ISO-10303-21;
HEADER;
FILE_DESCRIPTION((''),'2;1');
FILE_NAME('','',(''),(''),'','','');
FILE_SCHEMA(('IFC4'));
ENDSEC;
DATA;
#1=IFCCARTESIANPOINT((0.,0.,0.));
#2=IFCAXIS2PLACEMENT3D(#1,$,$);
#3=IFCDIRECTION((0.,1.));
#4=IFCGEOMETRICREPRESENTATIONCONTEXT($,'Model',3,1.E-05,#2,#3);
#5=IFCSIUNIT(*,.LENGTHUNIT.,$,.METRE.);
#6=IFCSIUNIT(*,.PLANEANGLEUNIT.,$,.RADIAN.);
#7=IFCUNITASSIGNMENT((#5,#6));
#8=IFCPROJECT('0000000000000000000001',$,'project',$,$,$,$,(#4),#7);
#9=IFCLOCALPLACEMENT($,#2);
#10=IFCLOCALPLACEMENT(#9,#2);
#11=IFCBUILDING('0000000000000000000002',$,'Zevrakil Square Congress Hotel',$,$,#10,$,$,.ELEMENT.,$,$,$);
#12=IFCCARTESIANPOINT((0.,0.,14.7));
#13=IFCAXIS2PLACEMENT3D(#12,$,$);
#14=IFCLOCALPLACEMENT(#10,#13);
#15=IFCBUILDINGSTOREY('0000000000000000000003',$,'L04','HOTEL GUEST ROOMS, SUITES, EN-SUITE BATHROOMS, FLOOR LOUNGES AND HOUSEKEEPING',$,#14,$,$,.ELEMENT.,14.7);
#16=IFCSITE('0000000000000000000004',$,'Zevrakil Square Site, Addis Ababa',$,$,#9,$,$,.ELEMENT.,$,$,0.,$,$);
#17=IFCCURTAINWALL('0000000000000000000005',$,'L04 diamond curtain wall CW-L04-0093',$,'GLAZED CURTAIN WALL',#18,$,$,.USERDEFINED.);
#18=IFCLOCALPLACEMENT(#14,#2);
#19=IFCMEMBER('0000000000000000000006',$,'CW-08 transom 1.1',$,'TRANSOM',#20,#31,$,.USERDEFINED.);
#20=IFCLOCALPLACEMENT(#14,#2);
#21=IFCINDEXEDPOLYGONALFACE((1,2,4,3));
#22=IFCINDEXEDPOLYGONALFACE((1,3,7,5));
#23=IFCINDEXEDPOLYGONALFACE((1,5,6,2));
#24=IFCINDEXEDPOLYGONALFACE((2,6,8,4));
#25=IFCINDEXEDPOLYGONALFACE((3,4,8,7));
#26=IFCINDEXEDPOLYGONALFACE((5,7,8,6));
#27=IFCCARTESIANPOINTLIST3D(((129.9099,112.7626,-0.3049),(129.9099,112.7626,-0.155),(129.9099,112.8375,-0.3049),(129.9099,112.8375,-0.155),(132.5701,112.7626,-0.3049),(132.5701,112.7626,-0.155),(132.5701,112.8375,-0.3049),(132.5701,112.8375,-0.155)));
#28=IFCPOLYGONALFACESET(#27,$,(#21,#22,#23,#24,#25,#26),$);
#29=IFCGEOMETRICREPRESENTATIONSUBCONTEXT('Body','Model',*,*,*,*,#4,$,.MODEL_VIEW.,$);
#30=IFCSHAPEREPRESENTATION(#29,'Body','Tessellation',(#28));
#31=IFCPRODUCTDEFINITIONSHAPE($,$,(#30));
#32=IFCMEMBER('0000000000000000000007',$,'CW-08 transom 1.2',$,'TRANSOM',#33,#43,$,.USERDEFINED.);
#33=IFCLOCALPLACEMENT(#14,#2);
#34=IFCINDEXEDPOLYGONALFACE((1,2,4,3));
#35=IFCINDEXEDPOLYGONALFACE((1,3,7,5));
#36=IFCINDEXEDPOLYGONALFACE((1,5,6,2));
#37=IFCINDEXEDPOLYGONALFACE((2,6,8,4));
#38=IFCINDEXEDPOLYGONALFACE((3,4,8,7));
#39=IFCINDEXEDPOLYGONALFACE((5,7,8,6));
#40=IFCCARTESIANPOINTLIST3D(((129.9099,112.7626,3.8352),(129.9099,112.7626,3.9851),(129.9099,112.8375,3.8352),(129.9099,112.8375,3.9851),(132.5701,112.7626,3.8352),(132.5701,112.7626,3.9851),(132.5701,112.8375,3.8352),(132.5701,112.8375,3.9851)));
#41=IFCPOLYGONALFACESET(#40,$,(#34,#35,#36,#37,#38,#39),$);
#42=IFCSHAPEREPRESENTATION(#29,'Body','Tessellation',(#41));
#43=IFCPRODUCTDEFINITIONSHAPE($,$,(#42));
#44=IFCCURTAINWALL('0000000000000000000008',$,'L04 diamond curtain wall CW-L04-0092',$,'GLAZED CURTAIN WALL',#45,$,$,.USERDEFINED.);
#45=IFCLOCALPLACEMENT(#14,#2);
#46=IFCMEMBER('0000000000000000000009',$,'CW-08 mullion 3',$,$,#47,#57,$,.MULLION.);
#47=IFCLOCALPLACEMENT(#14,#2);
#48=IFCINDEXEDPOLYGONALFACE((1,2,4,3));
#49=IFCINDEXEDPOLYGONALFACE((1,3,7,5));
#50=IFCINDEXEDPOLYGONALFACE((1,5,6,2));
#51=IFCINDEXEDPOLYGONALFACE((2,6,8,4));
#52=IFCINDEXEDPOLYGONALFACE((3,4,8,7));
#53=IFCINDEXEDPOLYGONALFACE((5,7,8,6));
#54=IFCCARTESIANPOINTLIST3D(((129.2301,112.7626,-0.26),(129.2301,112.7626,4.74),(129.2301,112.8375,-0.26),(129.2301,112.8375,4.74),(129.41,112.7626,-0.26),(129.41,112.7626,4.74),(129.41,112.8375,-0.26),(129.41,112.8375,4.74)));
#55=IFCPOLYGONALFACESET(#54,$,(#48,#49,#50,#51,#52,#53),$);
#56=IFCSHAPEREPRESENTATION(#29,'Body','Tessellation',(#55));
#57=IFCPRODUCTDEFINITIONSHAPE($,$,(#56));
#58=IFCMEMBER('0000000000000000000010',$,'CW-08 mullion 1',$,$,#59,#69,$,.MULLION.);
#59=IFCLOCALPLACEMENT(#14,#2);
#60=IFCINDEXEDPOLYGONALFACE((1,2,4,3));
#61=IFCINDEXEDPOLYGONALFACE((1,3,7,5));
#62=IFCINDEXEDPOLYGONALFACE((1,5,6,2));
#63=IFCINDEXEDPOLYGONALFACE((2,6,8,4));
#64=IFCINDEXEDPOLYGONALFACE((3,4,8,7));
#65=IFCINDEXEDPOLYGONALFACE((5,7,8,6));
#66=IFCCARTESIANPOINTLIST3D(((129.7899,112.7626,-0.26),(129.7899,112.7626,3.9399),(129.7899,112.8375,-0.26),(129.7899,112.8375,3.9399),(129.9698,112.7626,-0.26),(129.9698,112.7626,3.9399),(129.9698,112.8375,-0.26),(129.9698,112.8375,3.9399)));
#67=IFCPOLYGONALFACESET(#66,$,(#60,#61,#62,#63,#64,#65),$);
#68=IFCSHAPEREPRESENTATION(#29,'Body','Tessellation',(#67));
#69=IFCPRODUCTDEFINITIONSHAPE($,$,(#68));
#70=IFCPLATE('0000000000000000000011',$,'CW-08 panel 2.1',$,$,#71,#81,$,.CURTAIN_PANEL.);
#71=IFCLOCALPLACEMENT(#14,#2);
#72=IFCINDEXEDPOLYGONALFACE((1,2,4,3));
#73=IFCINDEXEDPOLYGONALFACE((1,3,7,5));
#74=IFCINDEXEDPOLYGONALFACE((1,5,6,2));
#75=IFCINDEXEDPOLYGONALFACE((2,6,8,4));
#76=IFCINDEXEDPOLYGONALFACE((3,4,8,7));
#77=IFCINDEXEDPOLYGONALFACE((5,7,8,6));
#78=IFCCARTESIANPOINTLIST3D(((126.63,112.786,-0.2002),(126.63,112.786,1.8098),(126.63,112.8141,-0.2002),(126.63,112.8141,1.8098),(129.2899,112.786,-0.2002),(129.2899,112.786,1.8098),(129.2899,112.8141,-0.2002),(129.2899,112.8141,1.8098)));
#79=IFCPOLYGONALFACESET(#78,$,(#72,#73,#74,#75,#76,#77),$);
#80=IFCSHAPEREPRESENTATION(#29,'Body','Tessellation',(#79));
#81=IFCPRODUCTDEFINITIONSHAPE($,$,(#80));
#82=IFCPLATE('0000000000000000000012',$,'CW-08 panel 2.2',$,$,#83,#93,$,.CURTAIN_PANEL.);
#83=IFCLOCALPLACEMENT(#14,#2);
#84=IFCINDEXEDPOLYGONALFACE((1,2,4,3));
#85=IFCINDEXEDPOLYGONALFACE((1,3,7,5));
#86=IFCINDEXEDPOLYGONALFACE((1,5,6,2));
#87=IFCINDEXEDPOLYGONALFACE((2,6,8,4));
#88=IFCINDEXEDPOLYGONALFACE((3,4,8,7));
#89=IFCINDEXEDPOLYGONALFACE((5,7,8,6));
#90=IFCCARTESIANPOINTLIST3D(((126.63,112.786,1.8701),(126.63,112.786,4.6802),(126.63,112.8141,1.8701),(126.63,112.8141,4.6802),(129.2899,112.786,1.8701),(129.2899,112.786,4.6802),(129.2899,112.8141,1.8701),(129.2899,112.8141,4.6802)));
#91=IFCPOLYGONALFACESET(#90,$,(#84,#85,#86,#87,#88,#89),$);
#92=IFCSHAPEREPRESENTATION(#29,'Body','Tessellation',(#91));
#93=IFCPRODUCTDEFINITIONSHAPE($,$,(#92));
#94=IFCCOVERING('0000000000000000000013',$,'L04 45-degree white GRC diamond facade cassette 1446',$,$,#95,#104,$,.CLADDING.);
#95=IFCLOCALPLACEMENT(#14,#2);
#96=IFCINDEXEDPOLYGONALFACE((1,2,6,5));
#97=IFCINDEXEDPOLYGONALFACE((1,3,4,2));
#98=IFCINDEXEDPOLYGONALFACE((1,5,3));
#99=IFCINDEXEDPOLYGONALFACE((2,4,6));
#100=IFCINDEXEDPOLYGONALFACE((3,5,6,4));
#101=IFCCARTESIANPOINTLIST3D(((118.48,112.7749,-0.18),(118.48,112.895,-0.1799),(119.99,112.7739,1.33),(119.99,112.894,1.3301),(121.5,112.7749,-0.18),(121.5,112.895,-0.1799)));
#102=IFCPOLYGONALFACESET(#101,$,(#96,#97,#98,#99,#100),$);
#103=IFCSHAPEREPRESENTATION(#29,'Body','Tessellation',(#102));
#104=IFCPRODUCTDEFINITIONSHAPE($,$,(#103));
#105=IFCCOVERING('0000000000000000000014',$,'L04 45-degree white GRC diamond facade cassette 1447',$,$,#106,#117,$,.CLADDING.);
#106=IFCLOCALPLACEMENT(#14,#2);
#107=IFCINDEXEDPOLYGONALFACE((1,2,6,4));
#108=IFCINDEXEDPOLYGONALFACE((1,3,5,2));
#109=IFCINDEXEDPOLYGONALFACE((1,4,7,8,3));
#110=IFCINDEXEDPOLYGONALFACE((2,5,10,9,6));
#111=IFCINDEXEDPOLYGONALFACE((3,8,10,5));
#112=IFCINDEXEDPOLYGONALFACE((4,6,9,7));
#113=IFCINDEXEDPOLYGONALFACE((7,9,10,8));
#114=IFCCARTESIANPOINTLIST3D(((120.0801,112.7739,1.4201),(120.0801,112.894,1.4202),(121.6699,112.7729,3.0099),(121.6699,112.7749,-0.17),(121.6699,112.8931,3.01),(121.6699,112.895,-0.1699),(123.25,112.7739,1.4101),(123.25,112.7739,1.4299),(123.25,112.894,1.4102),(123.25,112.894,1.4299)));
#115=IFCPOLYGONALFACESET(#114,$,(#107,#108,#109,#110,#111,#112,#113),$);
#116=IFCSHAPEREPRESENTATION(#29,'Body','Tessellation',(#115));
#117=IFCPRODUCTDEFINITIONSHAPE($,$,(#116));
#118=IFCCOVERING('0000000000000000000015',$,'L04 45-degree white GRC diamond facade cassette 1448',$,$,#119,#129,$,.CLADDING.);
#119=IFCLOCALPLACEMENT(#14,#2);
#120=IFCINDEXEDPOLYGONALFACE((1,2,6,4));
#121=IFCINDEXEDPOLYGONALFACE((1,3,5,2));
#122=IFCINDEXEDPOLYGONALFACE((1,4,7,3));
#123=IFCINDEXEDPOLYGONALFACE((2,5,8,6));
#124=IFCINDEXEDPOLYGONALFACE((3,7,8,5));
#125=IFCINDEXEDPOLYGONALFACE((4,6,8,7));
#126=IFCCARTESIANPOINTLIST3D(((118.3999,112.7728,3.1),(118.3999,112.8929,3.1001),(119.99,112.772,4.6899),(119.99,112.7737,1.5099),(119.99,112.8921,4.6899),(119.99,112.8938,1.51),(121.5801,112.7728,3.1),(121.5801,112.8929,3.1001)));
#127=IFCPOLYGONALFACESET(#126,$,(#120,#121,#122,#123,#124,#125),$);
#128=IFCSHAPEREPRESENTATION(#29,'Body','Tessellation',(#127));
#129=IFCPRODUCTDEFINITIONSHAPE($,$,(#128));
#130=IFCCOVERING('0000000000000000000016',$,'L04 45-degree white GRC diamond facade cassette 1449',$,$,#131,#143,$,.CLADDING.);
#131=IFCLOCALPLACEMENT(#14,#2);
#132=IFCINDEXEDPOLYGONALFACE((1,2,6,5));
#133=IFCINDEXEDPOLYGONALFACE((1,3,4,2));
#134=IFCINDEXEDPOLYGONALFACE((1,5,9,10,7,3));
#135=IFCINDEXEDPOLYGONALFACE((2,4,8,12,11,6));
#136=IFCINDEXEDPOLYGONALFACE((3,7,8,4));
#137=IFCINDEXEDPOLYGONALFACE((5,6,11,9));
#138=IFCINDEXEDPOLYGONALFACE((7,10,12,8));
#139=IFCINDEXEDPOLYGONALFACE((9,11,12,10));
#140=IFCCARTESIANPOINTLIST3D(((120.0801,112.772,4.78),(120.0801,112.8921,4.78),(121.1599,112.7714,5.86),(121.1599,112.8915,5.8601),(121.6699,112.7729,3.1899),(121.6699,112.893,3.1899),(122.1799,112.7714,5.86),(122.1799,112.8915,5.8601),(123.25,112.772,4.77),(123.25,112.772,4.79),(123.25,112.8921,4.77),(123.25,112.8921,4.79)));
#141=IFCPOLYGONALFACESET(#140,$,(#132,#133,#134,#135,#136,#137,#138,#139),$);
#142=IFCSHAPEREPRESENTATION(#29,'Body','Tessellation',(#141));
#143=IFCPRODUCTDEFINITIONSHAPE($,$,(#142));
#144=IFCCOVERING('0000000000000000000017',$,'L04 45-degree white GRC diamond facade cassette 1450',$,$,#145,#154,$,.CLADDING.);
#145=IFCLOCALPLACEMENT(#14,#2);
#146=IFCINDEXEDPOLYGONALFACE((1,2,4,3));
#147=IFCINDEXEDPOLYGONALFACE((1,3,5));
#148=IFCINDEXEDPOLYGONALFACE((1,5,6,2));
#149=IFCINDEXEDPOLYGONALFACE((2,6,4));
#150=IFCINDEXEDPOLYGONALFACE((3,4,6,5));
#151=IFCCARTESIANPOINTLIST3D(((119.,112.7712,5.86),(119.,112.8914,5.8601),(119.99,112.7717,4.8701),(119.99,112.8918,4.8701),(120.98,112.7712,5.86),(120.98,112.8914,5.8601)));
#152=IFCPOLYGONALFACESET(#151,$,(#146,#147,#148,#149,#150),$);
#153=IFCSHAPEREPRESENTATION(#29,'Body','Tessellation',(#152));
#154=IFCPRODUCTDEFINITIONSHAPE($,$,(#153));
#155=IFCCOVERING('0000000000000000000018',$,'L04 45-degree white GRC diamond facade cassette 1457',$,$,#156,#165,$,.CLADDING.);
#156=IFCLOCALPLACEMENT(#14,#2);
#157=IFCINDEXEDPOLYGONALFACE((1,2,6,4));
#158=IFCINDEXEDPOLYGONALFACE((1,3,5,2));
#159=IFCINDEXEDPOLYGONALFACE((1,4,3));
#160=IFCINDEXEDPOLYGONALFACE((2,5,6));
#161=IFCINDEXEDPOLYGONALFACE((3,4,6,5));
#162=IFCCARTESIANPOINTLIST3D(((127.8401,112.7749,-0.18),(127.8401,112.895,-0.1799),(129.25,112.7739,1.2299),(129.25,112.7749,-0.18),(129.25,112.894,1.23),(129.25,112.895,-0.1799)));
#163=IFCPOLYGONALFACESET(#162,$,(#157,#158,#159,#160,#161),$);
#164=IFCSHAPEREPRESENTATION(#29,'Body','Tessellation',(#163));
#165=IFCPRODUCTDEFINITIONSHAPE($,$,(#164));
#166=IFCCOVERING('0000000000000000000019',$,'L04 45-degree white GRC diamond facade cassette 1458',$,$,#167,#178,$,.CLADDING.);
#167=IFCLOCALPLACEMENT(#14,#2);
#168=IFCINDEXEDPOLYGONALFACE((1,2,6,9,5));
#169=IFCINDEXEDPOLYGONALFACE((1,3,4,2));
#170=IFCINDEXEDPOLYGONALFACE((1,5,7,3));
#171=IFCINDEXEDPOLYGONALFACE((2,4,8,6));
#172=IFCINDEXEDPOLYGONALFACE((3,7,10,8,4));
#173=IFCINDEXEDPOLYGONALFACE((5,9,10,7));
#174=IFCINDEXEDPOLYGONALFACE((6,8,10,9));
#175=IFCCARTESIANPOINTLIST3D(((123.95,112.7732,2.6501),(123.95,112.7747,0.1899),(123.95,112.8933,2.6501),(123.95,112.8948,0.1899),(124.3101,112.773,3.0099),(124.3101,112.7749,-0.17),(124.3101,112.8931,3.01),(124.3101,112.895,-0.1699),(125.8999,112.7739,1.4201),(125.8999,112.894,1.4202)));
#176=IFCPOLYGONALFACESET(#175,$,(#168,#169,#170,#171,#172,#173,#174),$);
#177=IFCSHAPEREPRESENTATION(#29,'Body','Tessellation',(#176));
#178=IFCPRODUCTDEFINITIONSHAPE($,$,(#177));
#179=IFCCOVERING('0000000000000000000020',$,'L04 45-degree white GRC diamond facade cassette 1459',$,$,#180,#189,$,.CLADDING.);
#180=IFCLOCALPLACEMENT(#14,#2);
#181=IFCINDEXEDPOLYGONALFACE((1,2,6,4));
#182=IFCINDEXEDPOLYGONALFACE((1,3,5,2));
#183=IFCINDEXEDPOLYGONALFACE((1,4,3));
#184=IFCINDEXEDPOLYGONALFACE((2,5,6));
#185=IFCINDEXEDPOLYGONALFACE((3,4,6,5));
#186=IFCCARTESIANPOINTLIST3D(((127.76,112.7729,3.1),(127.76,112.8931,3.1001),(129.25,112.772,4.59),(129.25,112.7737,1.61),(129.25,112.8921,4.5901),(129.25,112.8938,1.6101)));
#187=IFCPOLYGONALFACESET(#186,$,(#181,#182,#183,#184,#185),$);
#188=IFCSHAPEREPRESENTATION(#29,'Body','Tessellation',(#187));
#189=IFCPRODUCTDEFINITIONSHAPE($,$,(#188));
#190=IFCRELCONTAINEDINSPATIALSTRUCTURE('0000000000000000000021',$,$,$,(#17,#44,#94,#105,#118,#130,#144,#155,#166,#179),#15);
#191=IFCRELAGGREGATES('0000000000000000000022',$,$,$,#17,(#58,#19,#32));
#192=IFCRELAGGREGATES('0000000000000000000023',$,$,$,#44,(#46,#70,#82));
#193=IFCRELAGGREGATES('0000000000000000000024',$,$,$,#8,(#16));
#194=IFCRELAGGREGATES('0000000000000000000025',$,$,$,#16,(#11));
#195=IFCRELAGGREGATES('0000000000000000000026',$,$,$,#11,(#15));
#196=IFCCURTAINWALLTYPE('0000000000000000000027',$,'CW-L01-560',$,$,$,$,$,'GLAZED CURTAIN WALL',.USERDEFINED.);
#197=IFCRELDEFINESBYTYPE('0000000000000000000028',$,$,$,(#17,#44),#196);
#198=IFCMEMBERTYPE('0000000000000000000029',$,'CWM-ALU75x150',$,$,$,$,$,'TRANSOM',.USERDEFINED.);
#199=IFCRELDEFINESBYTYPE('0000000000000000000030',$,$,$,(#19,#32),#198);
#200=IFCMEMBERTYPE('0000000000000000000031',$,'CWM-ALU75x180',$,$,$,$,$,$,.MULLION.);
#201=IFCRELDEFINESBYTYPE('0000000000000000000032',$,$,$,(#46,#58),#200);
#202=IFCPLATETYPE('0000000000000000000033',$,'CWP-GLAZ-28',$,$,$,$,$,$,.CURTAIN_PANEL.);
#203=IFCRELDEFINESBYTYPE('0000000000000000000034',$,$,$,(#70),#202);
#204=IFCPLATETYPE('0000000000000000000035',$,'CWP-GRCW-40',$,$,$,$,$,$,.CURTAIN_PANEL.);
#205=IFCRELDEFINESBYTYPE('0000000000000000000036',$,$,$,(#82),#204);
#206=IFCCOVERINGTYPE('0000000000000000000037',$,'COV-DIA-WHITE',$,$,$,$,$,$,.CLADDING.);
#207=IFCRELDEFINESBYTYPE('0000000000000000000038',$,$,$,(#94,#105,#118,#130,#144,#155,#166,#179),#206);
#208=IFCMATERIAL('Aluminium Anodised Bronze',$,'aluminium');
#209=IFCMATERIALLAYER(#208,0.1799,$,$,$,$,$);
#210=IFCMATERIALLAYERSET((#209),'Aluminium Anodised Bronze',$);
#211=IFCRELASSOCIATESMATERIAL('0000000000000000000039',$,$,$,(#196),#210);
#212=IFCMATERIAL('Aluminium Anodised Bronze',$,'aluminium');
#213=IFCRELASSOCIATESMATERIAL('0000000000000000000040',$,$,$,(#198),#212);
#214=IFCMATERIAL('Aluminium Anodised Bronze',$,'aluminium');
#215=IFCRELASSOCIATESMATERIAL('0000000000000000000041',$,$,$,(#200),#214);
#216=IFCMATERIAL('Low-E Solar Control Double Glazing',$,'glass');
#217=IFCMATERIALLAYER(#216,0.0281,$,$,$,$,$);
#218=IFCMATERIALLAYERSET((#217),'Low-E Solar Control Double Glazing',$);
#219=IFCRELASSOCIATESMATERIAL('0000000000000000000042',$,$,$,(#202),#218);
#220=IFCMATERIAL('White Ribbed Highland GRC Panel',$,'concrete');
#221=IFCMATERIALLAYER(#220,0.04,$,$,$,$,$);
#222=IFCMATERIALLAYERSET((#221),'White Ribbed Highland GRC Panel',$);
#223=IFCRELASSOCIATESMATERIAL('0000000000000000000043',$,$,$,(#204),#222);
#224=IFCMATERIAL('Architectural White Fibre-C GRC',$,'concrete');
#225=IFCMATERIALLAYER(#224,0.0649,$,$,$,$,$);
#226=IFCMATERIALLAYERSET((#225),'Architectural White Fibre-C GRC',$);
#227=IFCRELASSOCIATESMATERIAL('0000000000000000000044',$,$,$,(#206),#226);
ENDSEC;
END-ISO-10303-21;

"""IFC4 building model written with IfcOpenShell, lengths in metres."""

from ifc_helpers import new_model, si_unit, direction, frame, origin, origin_2d, place, context, subcontext, project, spatial, polyline, rectangle, outline, extrude, material, layer, layer_set, material_profile, profile_set, type_object, element, aggregate, save


model = new_model("IFC4")

# Units and contexts
model_context = context("Model", 3, precision=1e-05, world=origin(), true_north=direction((0.0, 1.0)))
body_context = subcontext(model_context, "Body", "Model", "MODEL_VIEW")
ifc_project = project(units=[si_unit("LENGTHUNIT", "METRE"), si_unit("PLANEANGLEUNIT", "RADIAN")], contexts=[model_context])

# Site, building, storey
site_placement = place(None, origin())
site = spatial("IfcSite", under=ifc_project, at=site_placement, Name="Zevrakil Square Site, Addis Ababa", CompositionType="ELEMENT", RefElevation=0.0)
building_placement = place(site_placement, origin())
building = spatial("IfcBuilding", under=site, at=building_placement, Name="Zevrakil Square Congress Hotel", CompositionType="ELEMENT")
storey_placement = place(building_placement, frame((0.0, 0.0, 14.7)))
storey = spatial("IfcBuildingStorey", under=building, at=storey_placement, Name="L04", Description="HOTEL GUEST ROOMS, SUITES, EN-SUITE BATHROOMS, FLOOR LOUNGES AND HOUSEKEEPING", CompositionType="ELEMENT", Elevation=14.7)

# Curtain wall, members
ifc_material_1 = material(Name="Aluminium Anodised Bronze", Category="aluminium")
ifc_layer_1 = layer(ifc_material_1, 0.1799)
ifc_layer_set_1 = layer_set([ifc_layer_1], Name="Aluminium Anodised Bronze")
curtain_wall_type = type_object("IfcCurtainWallType", Name="CW-L01-560", ElementType="GLAZED CURTAIN WALL", PredefinedType="USERDEFINED", material=ifc_layer_set_1)
curtain_wall_1_placement = place(storey_placement, origin())
curtain_wall_1 = element("IfcCurtainWall", 1, at=curtain_wall_1_placement, inside=storey, type_object=curtain_wall_type, Name="L04 diamond curtain wall CW-L04-0093", ObjectType="GLAZED CURTAIN WALL", PredefinedType="USERDEFINED")
ifc_material_2 = material(Name="Aluminium Anodised Bronze", Category="aluminium")
ifc_material_profile_1 = material_profile(ifc_material_2, rectangle(XDim=0.075, YDim=0.1499, at=origin_2d()), Name="ALU 75x150")
ifc_profile_set_1 = profile_set([ifc_material_profile_1], Name="Aluminium Anodised Bronze")
member_type_1 = type_object("IfcMemberType", Name="CWM-ALU75x150", ElementType="TRANSOM", PredefinedType="USERDEFINED", material=ifc_profile_set_1)
member_1_placement = place(storey_placement, frame((129.9099, 112.8, -0.23), z_axis=(1.0, 0.0, 0.0), x_axis=(0.0, 1.0, 0.0)))
member_1 = element("IfcMember", 2, at=member_1_placement, type_object=member_type_1, Name="CW-08 transom 1.1", ObjectType="TRANSOM", PredefinedType="USERDEFINED", context=body_context, shape_type="SweptSolid", body=[
    extrude(rectangle(XDim=0.075, YDim=0.1499, at=origin_2d()), origin(), (0.0, 0.0, 1.0), 2.6602),
])
member_2_placement = place(storey_placement, frame((129.9099, 112.8, 3.9102), z_axis=(1.0, 0.0, 0.0), x_axis=(0.0, 1.0, 0.0)))
member_2 = element("IfcMember", 3, at=member_2_placement, type_object=member_type_1, Name="CW-08 transom 1.2", ObjectType="TRANSOM", PredefinedType="USERDEFINED", context=body_context, shape_type="SweptSolid", body=[
    extrude(rectangle(XDim=0.075, YDim=0.1499, at=origin_2d()), origin(), (0.0, 0.0, 1.0), 2.6602),
])

# Curtain wall, member
curtain_wall_2_placement = place(storey_placement, origin())
curtain_wall_2 = element("IfcCurtainWall", 4, at=curtain_wall_2_placement, inside=storey, type_object=curtain_wall_type, Name="L04 diamond curtain wall CW-L04-0092", ObjectType="GLAZED CURTAIN WALL", PredefinedType="USERDEFINED")
ifc_material_3 = material(Name="Aluminium Anodised Bronze", Category="aluminium")
ifc_material_profile_2 = material_profile(ifc_material_3, rectangle(XDim=0.075, YDim=0.1799, at=origin_2d()), Name="ALU 75x180")
ifc_profile_set_2 = profile_set([ifc_material_profile_2], Name="Aluminium Anodised Bronze")
member_type_2 = type_object("IfcMemberType", Name="CWM-ALU75x180", PredefinedType="MULLION", material=ifc_profile_set_2)
member_3_placement = place(storey_placement, frame((129.3201, 112.8, -0.26), z_axis=(0.0, 0.0, 1.0), x_axis=(0.0, 1.0, 0.0)))
member_3 = element("IfcMember", 5, at=member_3_placement, type_object=member_type_2, Name="CW-08 mullion 3", PredefinedType="MULLION", context=body_context, shape_type="SweptSolid", body=[
    extrude(rectangle(XDim=0.075, YDim=0.1799, at=origin_2d()), origin(), (0.0, 0.0, 1.0), 5.0),
])

# Member
member_4_placement = place(storey_placement, frame((129.8799, 112.8, -0.26), z_axis=(0.0, 0.0, 1.0), x_axis=(0.0, 1.0, 0.0)))
member_4 = element("IfcMember", 6, at=member_4_placement, type_object=member_type_2, Name="CW-08 mullion 1", PredefinedType="MULLION", context=body_context, shape_type="SweptSolid", body=[
    extrude(rectangle(XDim=0.075, YDim=0.1799, at=origin_2d()), origin(), (0.0, 0.0, 1.0), 4.2),
])
aggregate(curtain_wall_1, [member_4, member_1, member_2])

# Plates
ifc_material_4 = material(Name="Low-E Solar Control Double Glazing", Category="glass")
ifc_layer_2 = layer(ifc_material_4, 0.0281)
ifc_layer_set_2 = layer_set([ifc_layer_2], Name="Low-E Solar Control Double Glazing")
plate_type_1 = type_object("IfcPlateType", Name="CWP-GLAZ-28", PredefinedType="CURTAIN_PANEL", material=ifc_layer_set_2)
plate_1_placement = place(storey_placement, frame((127.96, 112.8, -0.2002), z_axis=(0.0, 0.0, 1.0), x_axis=(1.0, 0.0, 0.0)))
plate_1 = element("IfcPlate", 7, at=plate_1_placement, type_object=plate_type_1, Name="CW-08 panel 2.1", PredefinedType="CURTAIN_PANEL", context=body_context, shape_type="SweptSolid", body=[
    extrude(rectangle(XDim=2.6599, YDim=0.0281, at=origin_2d()), origin(), (0.0, 0.0, 1.0), 2.01),
])
ifc_material_5 = material(Name="White Ribbed Highland GRC Panel", Category="concrete")
ifc_layer_3 = layer(ifc_material_5, 0.04)
ifc_layer_set_3 = layer_set([ifc_layer_3], Name="White Ribbed Highland GRC Panel")
plate_type_2 = type_object("IfcPlateType", Name="CWP-GRCW-40", PredefinedType="CURTAIN_PANEL", material=ifc_layer_set_3)
plate_2_placement = place(storey_placement, frame((127.96, 112.8, 1.8701), z_axis=(0.0, 0.0, 1.0), x_axis=(1.0, 0.0, 0.0)))
plate_2 = element("IfcPlate", 8, at=plate_2_placement, type_object=plate_type_2, Name="CW-08 panel 2.2", PredefinedType="CURTAIN_PANEL", context=body_context, shape_type="SweptSolid", body=[
    extrude(rectangle(XDim=2.6599, YDim=0.0281, at=origin_2d()), origin(), (0.0, 0.0, 1.0), 2.8101),
])
aggregate(curtain_wall_2, [member_3, plate_1, plate_2])

# Coverings
ifc_material_6 = material(Name="Architectural White Fibre-C GRC", Category="concrete")
ifc_layer_4 = layer(ifc_material_6, 0.0649)
ifc_layer_set_4 = layer_set([ifc_layer_4], Name="Architectural White Fibre-C GRC")
covering_type_1 = type_object("IfcCoveringType", Name="COV-DIA-WHITE", PredefinedType="CLADDING", material=ifc_layer_set_4)
covering_1_placement = place(storey_placement, frame((119.99, 112.894, 1.3301), z_axis=(0.0, 1.0, 0.000647), x_axis=(-0.707107, 0.000457, -0.707107)))
element("IfcCovering", 9, at=covering_1_placement, inside=storey, type_object=covering_type_1, Name="L04 45-degree white GRC diamond facade cassette 1446", PredefinedType="CLADDING", context=body_context, shape_type="SweptSolid", body=[
    extrude(outline(polyline([(0.0, 0.0), (2.1355, 0.0), (0.0, -2.1355), (0.0, 0.0)])), origin(), (0.0, 0.0, -1.0), 0.1201),
])
covering_2_placement = place(storey_placement, frame((121.6699, 112.8931, 3.01), z_axis=(0.0, 1.0, 0.000612), x_axis=(-0.707107, 0.000433, -0.707107)))
element("IfcCovering", 10, at=covering_2_placement, inside=storey, type_object=covering_type_1, Name="L04 45-degree white GRC diamond facade cassette 1447", PredefinedType="CLADDING", context=body_context, shape_type="SweptSolid", body=[
    extrude(outline(polyline([(0.0, 0.0), (2.2484, 0.0), (2.2486, -2.2486), (0.014, -2.2486), (0.0, -2.2346), (0.0, 0.0)])), origin(), (0.0, 0.0, -1.0), 0.1201),
])
covering_3_placement = place(storey_placement, frame((119.99, 112.8921, 4.6899), z_axis=(0.0, 1.0, 0.000537), x_axis=(-0.707161, 0.00038, -0.707052)))
element("IfcCovering", 11, at=covering_3_placement, inside=storey, type_object=covering_type_1, Name="L04 45-degree white GRC diamond facade cassette 1448", PredefinedType="CLADDING", context=body_context, shape_type="SweptSolid", body=[
    extrude(outline(polyline([(0.0, 0.0), (2.2486, 0.0), (2.2484, -2.2487), (-0.0003, -2.2486), (0.0, 0.0)])), origin(), (0.0, 0.0, -1.0), 0.1201),
])
covering_4_placement = place(storey_placement, frame((120.0801, 112.8921, 4.78), z_axis=(0.0, 1.0, 0.000562), x_axis=(0.707052, 0.000397, -0.707161)))
element("IfcCovering", 12, at=covering_4_placement, inside=storey, type_object=covering_type_1, Name="L04 45-degree white GRC diamond facade cassette 1449", PredefinedType="CLADDING", context=body_context, shape_type="SweptSolid", body=[
    extrude(outline(polyline([(0.0, 0.0), (2.2486, 0.0), (2.2484, -2.2346), (2.2342, -2.2487), (0.7209, -2.2486), (-0.0003, -1.5273), (0.0, 0.0)])), origin(), (0.0, 0.0, -1.0), 0.1201),
])
covering_5_placement = place(storey_placement, frame((119.99, 112.8918, 4.8701), z_axis=(0.0, 1.0, 0.000493), x_axis=(0.707107, -0.000349, 0.707107)))
element("IfcCovering", 13, at=covering_5_placement, inside=storey, type_object=covering_type_1, Name="L04 45-degree white GRC diamond facade cassette 1450", PredefinedType="CLADDING", context=body_context, shape_type="SweptSolid", body=[
    extrude(outline(polyline([(0.0, 0.0), (1.4001, 0.0), (0.0, -1.4001), (0.0, 0.0)])), origin(), (0.0, 0.0, -1.0), 0.1201),
])
covering_6_placement = place(storey_placement, frame((127.8401, 112.895, -0.1799), z_axis=(0.0, 1.0, 0.000693), x_axis=(1.0, 0.0, 0.0)))
element("IfcCovering", 14, at=covering_6_placement, inside=storey, type_object=covering_type_1, Name="L04 45-degree white GRC diamond facade cassette 1457", PredefinedType="CLADDING", context=body_context, shape_type="SweptSolid", body=[
    extrude(outline(polyline([(0.0, 0.0), (1.4099, 0.0), (1.4099, -1.4099), (0.0, 0.0)])), origin(), (0.0, 0.0, -1.0), 0.1201),
])
covering_7_placement = place(storey_placement, frame((124.3101, 112.895, -0.1699), z_axis=(0.0, 1.0, 0.000612), x_axis=(0.707052, -0.000433, 0.707161)))
element("IfcCovering", 15, at=covering_7_placement, inside=storey, type_object=covering_type_1, Name="L04 45-degree white GRC diamond facade cassette 1458", PredefinedType="CLADDING", context=body_context, shape_type="SweptSolid", body=[
    extrude(outline(polyline([(0.0, 0.0), (2.2486, 0.0), (2.2487, -2.2484), (1.7396, -2.2486), (-0.0001, -0.5091), (0.0, 0.0)])), origin(), (0.0, 0.0, -1.0), 0.1201),
])
covering_8_placement = place(storey_placement, frame((127.76, 112.8931, 3.1001), z_axis=(0.000082, 1.0, 0.000573), x_axis=(0.707107, 0.000348, -0.707107)))
element("IfcCovering", 16, at=covering_8_placement, inside=storey, type_object=covering_type_1, Name="L04 45-degree white GRC diamond facade cassette 1459", PredefinedType="CLADDING", context=body_context, shape_type="SweptSolid", body=[
    extrude(outline(polyline([(0.0, 0.0), (2.1072, 0.0), (0.0, -2.1072), (0.0, 0.0)])), origin(), (0.0, 0.0, -1.0), 0.1201),
])

save(model, "model.ifc")
